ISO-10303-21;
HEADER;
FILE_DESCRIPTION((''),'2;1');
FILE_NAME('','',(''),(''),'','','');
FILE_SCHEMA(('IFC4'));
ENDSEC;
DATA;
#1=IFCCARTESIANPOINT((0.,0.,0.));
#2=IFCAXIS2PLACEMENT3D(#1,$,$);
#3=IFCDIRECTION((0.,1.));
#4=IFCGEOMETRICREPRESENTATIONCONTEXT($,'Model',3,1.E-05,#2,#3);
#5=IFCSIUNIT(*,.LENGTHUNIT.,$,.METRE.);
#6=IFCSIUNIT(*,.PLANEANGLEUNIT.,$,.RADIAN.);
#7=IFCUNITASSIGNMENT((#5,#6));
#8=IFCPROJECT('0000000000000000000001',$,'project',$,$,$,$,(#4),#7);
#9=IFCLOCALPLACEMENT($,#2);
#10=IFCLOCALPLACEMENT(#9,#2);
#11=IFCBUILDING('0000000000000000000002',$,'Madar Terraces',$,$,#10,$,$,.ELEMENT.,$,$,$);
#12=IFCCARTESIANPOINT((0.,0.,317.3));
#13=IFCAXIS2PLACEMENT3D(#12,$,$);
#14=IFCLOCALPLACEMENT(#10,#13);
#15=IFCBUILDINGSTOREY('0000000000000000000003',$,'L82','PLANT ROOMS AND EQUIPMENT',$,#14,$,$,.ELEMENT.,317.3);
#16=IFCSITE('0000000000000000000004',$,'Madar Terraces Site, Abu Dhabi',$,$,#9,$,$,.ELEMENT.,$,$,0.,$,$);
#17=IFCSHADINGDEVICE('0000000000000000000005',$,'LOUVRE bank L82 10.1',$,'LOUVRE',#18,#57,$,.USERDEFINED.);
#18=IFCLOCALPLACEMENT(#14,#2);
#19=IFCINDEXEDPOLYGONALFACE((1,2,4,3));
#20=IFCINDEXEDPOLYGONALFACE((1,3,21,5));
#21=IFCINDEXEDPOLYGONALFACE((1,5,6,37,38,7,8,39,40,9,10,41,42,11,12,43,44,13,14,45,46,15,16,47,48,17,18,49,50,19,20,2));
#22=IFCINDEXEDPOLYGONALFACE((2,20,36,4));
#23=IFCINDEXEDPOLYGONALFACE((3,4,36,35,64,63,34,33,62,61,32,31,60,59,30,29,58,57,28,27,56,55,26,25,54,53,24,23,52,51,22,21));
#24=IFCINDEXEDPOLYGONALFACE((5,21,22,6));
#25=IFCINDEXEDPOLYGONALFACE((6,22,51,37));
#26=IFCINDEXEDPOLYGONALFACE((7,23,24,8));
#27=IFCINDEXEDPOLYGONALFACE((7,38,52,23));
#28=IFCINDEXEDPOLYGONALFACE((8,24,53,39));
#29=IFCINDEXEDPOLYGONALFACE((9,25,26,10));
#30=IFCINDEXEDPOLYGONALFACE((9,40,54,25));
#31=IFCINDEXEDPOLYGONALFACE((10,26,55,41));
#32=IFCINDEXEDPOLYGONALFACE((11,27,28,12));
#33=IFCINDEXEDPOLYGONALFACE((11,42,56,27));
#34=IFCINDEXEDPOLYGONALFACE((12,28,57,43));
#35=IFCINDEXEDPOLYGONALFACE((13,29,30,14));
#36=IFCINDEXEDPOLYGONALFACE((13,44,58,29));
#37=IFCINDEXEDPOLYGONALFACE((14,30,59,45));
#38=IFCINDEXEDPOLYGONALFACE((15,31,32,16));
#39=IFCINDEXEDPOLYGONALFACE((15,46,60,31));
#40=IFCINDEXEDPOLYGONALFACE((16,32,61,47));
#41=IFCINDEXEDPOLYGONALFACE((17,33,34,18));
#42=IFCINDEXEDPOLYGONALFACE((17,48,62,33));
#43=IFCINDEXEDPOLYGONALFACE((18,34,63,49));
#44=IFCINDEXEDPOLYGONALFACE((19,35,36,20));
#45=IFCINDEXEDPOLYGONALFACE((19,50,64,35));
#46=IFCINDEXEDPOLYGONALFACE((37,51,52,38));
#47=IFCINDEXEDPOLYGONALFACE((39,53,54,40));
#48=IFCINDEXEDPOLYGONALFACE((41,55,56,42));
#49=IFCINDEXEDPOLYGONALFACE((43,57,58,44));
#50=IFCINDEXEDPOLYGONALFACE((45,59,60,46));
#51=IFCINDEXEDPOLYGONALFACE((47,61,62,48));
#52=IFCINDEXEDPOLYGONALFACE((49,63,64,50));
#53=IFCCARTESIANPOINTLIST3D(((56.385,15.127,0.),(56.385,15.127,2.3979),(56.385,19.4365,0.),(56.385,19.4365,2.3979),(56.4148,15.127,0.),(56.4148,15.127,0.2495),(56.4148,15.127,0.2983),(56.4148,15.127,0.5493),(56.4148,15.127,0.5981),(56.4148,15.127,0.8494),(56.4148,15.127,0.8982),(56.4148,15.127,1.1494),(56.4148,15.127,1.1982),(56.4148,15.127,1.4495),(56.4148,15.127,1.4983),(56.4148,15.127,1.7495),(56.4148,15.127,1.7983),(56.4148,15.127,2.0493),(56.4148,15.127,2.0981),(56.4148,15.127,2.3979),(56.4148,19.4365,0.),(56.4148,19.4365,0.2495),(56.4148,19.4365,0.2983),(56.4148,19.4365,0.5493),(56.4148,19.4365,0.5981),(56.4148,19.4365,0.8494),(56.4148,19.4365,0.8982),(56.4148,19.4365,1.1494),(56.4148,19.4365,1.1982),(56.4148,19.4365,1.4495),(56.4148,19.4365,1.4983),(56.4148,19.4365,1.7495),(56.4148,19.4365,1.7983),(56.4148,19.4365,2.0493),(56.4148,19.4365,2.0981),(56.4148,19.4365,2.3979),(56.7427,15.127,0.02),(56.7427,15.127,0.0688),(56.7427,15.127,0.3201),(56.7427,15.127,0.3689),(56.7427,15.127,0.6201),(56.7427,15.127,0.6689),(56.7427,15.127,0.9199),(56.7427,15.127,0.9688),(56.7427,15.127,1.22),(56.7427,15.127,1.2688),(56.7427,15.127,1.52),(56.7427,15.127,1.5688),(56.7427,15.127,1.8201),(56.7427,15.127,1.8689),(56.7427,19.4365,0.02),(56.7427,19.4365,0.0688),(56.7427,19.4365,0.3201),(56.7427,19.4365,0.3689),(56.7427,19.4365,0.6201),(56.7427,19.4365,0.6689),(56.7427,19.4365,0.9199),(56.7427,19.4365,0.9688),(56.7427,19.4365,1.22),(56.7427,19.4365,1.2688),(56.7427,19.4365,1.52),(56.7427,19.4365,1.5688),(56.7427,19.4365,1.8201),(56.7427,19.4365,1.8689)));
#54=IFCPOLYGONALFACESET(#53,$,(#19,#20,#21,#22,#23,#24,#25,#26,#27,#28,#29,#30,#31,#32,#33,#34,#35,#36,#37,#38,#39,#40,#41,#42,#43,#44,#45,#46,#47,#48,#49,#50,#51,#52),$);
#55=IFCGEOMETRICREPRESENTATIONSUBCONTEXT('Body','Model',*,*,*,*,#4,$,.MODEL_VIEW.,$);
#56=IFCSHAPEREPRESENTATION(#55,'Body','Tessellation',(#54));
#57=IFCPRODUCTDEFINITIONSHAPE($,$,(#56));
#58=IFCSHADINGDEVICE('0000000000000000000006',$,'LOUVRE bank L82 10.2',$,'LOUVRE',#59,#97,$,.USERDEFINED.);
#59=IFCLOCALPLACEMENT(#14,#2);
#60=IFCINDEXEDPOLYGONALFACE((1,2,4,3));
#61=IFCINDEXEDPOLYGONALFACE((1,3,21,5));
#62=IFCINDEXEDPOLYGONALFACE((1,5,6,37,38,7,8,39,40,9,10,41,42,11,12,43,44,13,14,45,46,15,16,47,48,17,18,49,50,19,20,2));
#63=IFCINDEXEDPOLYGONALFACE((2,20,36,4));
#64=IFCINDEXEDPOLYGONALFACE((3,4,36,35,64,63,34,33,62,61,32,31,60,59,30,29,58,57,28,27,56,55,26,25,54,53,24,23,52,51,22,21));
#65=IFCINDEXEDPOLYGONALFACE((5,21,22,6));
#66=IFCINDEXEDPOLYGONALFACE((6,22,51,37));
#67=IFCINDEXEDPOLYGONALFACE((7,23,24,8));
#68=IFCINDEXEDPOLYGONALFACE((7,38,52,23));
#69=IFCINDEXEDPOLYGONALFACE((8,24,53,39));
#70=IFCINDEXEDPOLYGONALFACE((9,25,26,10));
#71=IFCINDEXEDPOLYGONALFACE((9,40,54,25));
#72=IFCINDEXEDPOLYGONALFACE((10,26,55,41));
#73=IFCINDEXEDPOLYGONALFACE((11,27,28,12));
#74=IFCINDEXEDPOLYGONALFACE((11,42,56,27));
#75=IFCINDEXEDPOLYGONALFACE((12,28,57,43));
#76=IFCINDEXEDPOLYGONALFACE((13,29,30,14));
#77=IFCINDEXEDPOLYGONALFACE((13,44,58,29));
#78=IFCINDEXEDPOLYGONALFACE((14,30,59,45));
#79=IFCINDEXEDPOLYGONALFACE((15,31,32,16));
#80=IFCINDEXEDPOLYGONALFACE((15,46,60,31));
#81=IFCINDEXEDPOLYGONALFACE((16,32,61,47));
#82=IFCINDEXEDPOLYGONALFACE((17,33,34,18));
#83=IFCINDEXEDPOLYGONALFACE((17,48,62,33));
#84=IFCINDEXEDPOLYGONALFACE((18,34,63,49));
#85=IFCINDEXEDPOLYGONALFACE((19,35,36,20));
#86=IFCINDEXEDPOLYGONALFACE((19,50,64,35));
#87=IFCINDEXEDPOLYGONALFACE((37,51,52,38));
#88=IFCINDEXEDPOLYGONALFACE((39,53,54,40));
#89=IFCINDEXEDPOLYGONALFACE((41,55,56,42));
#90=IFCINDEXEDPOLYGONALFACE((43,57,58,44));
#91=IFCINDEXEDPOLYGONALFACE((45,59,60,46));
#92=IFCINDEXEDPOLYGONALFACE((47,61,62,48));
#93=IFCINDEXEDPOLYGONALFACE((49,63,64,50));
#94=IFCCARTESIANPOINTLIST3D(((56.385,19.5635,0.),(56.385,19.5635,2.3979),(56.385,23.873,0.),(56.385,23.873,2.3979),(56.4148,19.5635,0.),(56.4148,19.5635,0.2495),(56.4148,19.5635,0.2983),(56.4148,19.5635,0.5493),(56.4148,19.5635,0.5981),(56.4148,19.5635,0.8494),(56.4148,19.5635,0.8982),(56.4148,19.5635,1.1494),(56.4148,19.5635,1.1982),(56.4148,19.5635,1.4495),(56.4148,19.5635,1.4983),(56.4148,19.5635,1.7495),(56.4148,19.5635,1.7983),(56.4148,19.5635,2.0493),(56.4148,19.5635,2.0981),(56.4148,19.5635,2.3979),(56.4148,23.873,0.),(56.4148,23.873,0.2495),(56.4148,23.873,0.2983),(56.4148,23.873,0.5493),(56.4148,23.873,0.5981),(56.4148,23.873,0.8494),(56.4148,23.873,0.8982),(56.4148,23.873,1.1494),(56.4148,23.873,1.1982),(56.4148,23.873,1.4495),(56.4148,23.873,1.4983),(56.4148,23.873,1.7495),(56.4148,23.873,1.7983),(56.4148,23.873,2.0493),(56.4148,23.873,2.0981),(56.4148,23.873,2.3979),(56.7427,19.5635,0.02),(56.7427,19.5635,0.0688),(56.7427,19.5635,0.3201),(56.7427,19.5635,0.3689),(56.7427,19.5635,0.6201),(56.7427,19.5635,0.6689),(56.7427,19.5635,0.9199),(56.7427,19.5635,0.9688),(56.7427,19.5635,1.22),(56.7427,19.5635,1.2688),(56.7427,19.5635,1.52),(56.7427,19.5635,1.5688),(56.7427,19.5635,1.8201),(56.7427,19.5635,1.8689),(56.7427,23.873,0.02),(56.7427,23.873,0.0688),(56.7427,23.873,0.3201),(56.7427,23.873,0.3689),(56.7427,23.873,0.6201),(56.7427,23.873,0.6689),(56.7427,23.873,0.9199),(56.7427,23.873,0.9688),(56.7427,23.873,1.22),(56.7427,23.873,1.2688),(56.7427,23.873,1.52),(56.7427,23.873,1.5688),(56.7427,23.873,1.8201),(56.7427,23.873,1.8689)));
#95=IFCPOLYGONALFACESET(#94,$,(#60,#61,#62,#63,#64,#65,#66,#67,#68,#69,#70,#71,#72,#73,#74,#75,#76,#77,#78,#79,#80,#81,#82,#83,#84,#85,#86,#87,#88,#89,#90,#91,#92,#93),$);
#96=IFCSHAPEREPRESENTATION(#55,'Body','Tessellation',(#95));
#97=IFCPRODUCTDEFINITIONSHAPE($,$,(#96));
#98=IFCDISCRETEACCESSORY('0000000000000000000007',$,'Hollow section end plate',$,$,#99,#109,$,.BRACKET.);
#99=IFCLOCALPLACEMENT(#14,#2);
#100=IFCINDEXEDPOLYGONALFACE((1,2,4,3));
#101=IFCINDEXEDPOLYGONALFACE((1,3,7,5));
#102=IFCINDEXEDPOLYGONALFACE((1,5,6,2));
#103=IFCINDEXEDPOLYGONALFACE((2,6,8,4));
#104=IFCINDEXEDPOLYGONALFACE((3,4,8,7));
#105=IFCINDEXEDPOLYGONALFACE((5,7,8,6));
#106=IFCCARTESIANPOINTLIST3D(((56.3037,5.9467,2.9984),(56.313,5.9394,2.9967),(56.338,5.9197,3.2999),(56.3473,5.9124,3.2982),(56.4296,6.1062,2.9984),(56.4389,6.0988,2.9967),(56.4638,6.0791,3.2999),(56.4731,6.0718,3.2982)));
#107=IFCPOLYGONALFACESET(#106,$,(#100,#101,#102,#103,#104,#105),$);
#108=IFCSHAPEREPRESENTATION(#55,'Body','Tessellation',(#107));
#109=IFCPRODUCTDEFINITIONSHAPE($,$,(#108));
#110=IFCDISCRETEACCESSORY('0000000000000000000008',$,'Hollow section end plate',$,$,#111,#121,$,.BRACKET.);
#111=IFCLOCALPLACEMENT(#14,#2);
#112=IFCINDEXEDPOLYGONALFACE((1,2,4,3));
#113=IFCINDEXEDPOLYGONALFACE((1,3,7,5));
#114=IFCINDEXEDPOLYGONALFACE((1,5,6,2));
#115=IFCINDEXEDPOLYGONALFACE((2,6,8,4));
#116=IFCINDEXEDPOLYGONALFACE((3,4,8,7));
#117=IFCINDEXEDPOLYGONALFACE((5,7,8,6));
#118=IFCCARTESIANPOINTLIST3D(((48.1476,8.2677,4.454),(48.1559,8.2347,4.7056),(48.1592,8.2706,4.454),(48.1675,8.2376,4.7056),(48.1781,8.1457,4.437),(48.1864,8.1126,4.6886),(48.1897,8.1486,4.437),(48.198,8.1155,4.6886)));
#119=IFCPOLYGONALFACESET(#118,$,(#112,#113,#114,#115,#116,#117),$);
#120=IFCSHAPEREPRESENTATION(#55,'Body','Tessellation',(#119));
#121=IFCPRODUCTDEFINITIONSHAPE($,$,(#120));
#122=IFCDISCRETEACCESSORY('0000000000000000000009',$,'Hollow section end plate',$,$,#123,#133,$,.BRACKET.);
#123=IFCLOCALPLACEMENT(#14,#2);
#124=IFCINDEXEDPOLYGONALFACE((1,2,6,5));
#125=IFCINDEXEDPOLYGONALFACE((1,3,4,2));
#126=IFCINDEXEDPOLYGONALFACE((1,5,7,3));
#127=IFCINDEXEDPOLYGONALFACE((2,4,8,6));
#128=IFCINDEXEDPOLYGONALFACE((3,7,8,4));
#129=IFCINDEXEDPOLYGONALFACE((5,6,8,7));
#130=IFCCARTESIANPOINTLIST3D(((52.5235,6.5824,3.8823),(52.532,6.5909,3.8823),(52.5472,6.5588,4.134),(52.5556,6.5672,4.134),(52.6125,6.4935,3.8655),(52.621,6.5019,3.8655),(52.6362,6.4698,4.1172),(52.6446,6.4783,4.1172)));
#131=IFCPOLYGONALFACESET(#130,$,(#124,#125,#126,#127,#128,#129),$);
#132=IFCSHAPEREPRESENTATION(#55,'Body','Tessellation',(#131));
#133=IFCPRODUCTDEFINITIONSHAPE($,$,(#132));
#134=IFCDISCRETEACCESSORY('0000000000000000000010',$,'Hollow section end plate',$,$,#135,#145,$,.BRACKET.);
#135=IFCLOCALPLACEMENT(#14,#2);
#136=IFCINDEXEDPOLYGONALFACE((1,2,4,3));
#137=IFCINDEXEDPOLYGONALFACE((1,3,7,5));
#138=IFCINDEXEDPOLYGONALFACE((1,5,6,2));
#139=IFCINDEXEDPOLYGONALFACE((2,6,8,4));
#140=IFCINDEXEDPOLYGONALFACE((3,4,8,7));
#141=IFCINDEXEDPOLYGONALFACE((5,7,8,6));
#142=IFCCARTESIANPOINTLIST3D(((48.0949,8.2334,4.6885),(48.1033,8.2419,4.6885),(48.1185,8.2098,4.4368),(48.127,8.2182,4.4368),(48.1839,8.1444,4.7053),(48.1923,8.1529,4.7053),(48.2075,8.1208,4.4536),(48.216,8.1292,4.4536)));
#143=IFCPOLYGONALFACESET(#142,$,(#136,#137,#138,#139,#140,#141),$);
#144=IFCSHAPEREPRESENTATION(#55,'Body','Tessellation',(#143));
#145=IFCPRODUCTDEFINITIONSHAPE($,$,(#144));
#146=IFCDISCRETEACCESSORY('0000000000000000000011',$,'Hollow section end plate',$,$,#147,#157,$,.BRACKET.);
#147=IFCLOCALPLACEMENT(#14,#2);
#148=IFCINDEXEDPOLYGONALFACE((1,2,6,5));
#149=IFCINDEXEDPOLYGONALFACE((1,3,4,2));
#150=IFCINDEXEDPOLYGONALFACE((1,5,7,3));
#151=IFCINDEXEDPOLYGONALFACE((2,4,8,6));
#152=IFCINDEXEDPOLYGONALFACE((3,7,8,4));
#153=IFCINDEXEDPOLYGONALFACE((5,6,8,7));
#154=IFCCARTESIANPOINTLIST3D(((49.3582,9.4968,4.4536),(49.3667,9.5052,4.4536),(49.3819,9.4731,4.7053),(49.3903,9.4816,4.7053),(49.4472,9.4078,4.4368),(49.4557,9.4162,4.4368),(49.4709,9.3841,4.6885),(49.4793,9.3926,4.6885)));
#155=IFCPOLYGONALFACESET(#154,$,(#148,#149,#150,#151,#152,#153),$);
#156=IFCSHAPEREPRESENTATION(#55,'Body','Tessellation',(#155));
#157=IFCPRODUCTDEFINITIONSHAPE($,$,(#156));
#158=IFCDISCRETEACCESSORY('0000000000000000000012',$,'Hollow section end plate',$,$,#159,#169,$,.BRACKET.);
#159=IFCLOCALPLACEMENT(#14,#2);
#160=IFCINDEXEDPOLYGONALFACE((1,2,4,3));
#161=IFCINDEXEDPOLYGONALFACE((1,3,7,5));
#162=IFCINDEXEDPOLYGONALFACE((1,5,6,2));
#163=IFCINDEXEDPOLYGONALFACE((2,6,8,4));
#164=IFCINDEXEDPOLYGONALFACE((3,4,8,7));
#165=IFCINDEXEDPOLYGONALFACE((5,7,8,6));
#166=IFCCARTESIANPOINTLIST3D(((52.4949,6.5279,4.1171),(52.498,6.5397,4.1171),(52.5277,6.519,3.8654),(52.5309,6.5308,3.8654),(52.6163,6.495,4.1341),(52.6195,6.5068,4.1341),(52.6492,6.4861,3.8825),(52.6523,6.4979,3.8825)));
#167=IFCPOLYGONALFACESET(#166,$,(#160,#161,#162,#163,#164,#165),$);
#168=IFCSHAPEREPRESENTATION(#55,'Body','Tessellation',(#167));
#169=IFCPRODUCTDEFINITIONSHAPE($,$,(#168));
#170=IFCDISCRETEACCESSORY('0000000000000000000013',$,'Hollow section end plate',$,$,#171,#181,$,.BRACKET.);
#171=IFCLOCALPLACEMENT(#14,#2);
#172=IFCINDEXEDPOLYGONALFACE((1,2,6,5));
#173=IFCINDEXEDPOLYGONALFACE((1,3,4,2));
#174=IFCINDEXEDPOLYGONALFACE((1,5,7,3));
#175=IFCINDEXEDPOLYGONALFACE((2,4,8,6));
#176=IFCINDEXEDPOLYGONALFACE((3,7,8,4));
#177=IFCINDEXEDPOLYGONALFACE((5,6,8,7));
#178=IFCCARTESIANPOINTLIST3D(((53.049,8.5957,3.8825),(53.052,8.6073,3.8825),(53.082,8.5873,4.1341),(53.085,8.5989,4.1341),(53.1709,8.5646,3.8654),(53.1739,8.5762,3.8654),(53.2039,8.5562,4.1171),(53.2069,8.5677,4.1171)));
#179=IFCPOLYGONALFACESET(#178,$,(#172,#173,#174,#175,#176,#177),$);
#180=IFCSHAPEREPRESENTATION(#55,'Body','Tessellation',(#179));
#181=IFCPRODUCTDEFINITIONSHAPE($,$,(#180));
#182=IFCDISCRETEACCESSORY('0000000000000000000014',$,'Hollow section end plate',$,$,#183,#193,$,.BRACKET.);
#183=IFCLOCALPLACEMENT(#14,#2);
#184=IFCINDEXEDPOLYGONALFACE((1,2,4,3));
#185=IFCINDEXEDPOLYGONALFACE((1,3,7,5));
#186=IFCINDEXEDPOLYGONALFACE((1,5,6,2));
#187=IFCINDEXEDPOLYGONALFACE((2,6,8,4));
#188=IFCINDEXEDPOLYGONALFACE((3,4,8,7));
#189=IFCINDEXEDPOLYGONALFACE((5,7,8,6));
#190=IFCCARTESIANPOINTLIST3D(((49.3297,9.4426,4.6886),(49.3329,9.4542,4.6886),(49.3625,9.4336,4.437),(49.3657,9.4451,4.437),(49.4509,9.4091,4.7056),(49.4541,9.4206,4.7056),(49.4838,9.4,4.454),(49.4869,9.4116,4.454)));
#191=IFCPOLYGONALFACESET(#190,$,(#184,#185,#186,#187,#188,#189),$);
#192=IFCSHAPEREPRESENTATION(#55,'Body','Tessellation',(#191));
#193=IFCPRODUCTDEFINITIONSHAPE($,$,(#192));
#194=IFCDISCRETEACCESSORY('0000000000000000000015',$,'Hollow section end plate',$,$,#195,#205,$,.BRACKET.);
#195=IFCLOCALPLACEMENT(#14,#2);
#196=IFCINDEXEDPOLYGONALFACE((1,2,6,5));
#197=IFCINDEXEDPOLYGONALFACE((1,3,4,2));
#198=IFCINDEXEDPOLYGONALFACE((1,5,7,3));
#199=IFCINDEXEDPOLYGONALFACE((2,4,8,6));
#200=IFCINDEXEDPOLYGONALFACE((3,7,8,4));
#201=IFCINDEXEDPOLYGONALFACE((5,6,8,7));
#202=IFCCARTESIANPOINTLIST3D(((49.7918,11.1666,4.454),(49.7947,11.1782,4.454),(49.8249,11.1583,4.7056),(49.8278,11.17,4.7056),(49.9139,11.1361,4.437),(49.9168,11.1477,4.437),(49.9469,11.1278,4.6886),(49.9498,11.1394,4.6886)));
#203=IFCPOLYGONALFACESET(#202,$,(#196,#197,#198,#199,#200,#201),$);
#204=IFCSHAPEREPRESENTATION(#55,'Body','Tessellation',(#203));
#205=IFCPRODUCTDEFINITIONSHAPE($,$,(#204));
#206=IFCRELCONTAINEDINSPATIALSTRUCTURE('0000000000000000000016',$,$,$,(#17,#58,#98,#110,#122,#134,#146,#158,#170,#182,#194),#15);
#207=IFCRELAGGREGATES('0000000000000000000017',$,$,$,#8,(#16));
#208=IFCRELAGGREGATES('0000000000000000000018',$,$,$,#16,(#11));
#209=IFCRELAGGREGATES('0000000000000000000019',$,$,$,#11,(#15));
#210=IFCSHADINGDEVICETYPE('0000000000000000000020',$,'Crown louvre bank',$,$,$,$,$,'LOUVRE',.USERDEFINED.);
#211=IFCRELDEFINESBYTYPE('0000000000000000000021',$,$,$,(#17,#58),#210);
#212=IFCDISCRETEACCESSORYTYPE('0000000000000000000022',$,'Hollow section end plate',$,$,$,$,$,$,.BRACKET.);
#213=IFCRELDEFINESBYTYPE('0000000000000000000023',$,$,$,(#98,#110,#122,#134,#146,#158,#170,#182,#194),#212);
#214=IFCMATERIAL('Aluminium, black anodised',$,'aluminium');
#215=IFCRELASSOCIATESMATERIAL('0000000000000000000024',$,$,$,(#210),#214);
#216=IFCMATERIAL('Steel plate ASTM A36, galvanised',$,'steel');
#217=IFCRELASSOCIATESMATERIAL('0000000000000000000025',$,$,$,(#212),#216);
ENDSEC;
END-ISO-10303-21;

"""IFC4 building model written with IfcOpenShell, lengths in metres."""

from ifc_helpers import new_model, si_unit, direction, frame, origin, origin_2d, place, context, subcontext, project, spatial, polyline, rectangle, outline, extrude, material, type_object, element, save


model = new_model("IFC4")

# Units and contexts
model_context = context("Model", 3, precision=1e-05, world=origin(), true_north=direction((0.0, 1.0)))
body_context = subcontext(model_context, "Body", "Model", "MODEL_VIEW")
ifc_project = project(units=[si_unit("LENGTHUNIT", "METRE"), si_unit("PLANEANGLEUNIT", "RADIAN")], contexts=[model_context])

# Site, building, storey
site_placement = place(None, origin())
site = spatial("IfcSite", under=ifc_project, at=site_placement, Name="Madar Terraces Site, Abu Dhabi", CompositionType="ELEMENT", RefElevation=0.0)
building_placement = place(site_placement, origin())
building = spatial("IfcBuilding", under=site, at=building_placement, Name="Madar Terraces", CompositionType="ELEMENT")
storey_placement = place(building_placement, frame((0.0, 0.0, 317.3)))
storey = spatial("IfcBuildingStorey", under=building, at=storey_placement, Name="L82", Description="PLANT ROOMS AND EQUIPMENT", CompositionType="ELEMENT", Elevation=317.3)

# Shading devices
ifc_material_1 = material(Name="Aluminium, black anodised", Category="aluminium")
shading_device_type = type_object("IfcShadingDeviceType", Name="Crown louvre bank", ElementType="LOUVRE", PredefinedType="USERDEFINED", material=ifc_material_1)
for number, where, z_axis, x_axis, name in (
    (1, (56.3999, 15.127, 0.0), (0.0, 1.0, 0.0), (-1.0, 0.0, 0.0), "LOUVRE bank L82 10.1"),
    (2, (56.3999, 19.5635, 0.0), (0.0, 1.0, 0.0), (-1.0, 0.0, 0.0), "LOUVRE bank L82 10.2"),
):
    element("IfcShadingDevice", number, at=place(storey_placement, frame(where, z_axis=z_axis, x_axis=x_axis)), inside=storey, type_object=shading_device_type, Name=name, ObjectType="LOUVRE", PredefinedType="USERDEFINED", context=body_context, shape_type="SweptSolid", body=[
        extrude(outline(polyline([(0.0149, 0.0), (-0.0149, 0.0), (-0.0149, 0.2495), (-0.3428, 0.02), (-0.3428, 0.0688), (-0.0149, 0.2983), (-0.0149, 0.5493), (-0.3428, 0.3201), (-0.3428, 0.3689), (-0.0149, 0.5981), (-0.0149, 0.8494), (-0.3428, 0.6201), (-0.3428, 0.6689), (-0.0149, 0.8982), (-0.0149, 1.1494), (-0.3428, 0.9199), (-0.3428, 0.9688), (-0.0149, 1.1982), (-0.0149, 1.4495), (-0.3428, 1.22), (-0.3428, 1.2688), (-0.0149, 1.4983), (-0.0149, 1.7495), (-0.3428, 1.52), (-0.3428, 1.5688), (-0.0149, 1.7983), (-0.0149, 2.0493), (-0.3428, 1.8201), (-0.3428, 1.8689), (-0.0149, 2.0981), (-0.0149, 2.3979), (0.0149, 2.3979), (0.0149, 0.0)])), origin(), (0.0, 0.0, 1.0), 4.3096),
    ])

# Discrete accessories
ifc_material_2 = material(Name="Steel plate ASTM A36, galvanised", Category="steel")
discrete_accessory_type_1 = type_object("IfcDiscreteAccessoryType", Name="Hollow section end plate", PredefinedType="BRACKET", material=ifc_material_2)
discrete_accessory_1_placement = place(storey_placement, frame((56.3838, 6.0129, 3.1492), z_axis=(0.776805, -0.613267, -0.143096), x_axis=(0.619644, 0.784883, 0.0)))
element("IfcDiscreteAccessory", 3, at=discrete_accessory_1_placement, inside=storey, type_object=discrete_accessory_type_1, Name="Hollow section end plate", PredefinedType="BRACKET", context=body_context, shape_type="SweptSolid", body=[
    extrude(rectangle(XDim=0.2031, YDim=0.3047, at=origin_2d()), origin(), (0.0, 0.0, 1.0), 0.012),
])
for number, where, z_axis, x_axis, name in (
    (4, (48.167, 8.1902, 4.5713), (0.970143, 0.242536, 0.0), (-0.240345, 0.961382, 0.134086), "Hollow section end plate"),
    (5, (52.5798, 6.5261, 3.9998), (0.707107, 0.707107, 0.0), (-0.700941, 0.700941, 0.131765), "Hollow section end plate"),
    (6, (48.1597, 8.1855, 4.571), (-0.707107, -0.707107, 0.0), (0.700941, -0.700941, 0.131765), "Hollow section end plate"),
    (7, (49.4146, 9.4404, 4.571), (0.707107, 0.707107, 0.0), (-0.700941, 0.700941, 0.131765), "Hollow section end plate"),
):
    element("IfcDiscreteAccessory", number, at=place(storey_placement, frame(where, z_axis=z_axis, x_axis=x_axis)), inside=storey, type_object=discrete_accessory_type_1, Name=name, PredefinedType="BRACKET", context=body_context, shape_type="SweptSolid", body=[
        extrude(rectangle(XDim=0.127, YDim=0.2539, at=origin_2d()), origin(), (0.0, 0.0, 1.0), 0.012),
    ])
discrete_accessory_2_placement = place(storey_placement, frame((52.5752, 6.5188, 3.9998), z_axis=(-0.261415, -0.965226, 0.0), x_axis=(0.95651, -0.259055, 0.134086)))
element("IfcDiscreteAccessory", 8, at=discrete_accessory_2_placement, inside=storey, type_object=discrete_accessory_type_1, Name="Hollow section end plate", PredefinedType="BRACKET", context=body_context, shape_type="SweptSolid", body=[
    extrude(rectangle(XDim=0.127, YDim=0.2539, at=origin_2d()), origin(), (0.0, 0.0, 1.0), 0.0122),
])
for number, where, z_axis, x_axis, name in (
    (9, (53.1265, 8.5759, 3.9998), (0.247383, 0.968918, 0.0), (-0.960168, 0.245149, 0.134086), "Hollow section end plate"),
    (10, (49.4099, 9.4329, 4.5713), (-0.266586, -0.963811, 0.0), (0.955108, -0.264179, 0.134086), "Hollow section end plate"),
    (11, (49.8694, 11.1472, 4.5713), (0.242536, 0.970143, 0.0), (-0.961382, 0.240345, 0.134086), "Hollow section end plate"),
):
    element("IfcDiscreteAccessory", number, at=place(storey_placement, frame(where, z_axis=z_axis, x_axis=x_axis)), inside=storey, type_object=discrete_accessory_type_1, Name=name, PredefinedType="BRACKET", context=body_context, shape_type="SweptSolid", body=[
        extrude(rectangle(XDim=0.127, YDim=0.2539, at=origin_2d()), origin(), (0.0, 0.0, 1.0), 0.012),
    ])

save(model, "model.ifc")
